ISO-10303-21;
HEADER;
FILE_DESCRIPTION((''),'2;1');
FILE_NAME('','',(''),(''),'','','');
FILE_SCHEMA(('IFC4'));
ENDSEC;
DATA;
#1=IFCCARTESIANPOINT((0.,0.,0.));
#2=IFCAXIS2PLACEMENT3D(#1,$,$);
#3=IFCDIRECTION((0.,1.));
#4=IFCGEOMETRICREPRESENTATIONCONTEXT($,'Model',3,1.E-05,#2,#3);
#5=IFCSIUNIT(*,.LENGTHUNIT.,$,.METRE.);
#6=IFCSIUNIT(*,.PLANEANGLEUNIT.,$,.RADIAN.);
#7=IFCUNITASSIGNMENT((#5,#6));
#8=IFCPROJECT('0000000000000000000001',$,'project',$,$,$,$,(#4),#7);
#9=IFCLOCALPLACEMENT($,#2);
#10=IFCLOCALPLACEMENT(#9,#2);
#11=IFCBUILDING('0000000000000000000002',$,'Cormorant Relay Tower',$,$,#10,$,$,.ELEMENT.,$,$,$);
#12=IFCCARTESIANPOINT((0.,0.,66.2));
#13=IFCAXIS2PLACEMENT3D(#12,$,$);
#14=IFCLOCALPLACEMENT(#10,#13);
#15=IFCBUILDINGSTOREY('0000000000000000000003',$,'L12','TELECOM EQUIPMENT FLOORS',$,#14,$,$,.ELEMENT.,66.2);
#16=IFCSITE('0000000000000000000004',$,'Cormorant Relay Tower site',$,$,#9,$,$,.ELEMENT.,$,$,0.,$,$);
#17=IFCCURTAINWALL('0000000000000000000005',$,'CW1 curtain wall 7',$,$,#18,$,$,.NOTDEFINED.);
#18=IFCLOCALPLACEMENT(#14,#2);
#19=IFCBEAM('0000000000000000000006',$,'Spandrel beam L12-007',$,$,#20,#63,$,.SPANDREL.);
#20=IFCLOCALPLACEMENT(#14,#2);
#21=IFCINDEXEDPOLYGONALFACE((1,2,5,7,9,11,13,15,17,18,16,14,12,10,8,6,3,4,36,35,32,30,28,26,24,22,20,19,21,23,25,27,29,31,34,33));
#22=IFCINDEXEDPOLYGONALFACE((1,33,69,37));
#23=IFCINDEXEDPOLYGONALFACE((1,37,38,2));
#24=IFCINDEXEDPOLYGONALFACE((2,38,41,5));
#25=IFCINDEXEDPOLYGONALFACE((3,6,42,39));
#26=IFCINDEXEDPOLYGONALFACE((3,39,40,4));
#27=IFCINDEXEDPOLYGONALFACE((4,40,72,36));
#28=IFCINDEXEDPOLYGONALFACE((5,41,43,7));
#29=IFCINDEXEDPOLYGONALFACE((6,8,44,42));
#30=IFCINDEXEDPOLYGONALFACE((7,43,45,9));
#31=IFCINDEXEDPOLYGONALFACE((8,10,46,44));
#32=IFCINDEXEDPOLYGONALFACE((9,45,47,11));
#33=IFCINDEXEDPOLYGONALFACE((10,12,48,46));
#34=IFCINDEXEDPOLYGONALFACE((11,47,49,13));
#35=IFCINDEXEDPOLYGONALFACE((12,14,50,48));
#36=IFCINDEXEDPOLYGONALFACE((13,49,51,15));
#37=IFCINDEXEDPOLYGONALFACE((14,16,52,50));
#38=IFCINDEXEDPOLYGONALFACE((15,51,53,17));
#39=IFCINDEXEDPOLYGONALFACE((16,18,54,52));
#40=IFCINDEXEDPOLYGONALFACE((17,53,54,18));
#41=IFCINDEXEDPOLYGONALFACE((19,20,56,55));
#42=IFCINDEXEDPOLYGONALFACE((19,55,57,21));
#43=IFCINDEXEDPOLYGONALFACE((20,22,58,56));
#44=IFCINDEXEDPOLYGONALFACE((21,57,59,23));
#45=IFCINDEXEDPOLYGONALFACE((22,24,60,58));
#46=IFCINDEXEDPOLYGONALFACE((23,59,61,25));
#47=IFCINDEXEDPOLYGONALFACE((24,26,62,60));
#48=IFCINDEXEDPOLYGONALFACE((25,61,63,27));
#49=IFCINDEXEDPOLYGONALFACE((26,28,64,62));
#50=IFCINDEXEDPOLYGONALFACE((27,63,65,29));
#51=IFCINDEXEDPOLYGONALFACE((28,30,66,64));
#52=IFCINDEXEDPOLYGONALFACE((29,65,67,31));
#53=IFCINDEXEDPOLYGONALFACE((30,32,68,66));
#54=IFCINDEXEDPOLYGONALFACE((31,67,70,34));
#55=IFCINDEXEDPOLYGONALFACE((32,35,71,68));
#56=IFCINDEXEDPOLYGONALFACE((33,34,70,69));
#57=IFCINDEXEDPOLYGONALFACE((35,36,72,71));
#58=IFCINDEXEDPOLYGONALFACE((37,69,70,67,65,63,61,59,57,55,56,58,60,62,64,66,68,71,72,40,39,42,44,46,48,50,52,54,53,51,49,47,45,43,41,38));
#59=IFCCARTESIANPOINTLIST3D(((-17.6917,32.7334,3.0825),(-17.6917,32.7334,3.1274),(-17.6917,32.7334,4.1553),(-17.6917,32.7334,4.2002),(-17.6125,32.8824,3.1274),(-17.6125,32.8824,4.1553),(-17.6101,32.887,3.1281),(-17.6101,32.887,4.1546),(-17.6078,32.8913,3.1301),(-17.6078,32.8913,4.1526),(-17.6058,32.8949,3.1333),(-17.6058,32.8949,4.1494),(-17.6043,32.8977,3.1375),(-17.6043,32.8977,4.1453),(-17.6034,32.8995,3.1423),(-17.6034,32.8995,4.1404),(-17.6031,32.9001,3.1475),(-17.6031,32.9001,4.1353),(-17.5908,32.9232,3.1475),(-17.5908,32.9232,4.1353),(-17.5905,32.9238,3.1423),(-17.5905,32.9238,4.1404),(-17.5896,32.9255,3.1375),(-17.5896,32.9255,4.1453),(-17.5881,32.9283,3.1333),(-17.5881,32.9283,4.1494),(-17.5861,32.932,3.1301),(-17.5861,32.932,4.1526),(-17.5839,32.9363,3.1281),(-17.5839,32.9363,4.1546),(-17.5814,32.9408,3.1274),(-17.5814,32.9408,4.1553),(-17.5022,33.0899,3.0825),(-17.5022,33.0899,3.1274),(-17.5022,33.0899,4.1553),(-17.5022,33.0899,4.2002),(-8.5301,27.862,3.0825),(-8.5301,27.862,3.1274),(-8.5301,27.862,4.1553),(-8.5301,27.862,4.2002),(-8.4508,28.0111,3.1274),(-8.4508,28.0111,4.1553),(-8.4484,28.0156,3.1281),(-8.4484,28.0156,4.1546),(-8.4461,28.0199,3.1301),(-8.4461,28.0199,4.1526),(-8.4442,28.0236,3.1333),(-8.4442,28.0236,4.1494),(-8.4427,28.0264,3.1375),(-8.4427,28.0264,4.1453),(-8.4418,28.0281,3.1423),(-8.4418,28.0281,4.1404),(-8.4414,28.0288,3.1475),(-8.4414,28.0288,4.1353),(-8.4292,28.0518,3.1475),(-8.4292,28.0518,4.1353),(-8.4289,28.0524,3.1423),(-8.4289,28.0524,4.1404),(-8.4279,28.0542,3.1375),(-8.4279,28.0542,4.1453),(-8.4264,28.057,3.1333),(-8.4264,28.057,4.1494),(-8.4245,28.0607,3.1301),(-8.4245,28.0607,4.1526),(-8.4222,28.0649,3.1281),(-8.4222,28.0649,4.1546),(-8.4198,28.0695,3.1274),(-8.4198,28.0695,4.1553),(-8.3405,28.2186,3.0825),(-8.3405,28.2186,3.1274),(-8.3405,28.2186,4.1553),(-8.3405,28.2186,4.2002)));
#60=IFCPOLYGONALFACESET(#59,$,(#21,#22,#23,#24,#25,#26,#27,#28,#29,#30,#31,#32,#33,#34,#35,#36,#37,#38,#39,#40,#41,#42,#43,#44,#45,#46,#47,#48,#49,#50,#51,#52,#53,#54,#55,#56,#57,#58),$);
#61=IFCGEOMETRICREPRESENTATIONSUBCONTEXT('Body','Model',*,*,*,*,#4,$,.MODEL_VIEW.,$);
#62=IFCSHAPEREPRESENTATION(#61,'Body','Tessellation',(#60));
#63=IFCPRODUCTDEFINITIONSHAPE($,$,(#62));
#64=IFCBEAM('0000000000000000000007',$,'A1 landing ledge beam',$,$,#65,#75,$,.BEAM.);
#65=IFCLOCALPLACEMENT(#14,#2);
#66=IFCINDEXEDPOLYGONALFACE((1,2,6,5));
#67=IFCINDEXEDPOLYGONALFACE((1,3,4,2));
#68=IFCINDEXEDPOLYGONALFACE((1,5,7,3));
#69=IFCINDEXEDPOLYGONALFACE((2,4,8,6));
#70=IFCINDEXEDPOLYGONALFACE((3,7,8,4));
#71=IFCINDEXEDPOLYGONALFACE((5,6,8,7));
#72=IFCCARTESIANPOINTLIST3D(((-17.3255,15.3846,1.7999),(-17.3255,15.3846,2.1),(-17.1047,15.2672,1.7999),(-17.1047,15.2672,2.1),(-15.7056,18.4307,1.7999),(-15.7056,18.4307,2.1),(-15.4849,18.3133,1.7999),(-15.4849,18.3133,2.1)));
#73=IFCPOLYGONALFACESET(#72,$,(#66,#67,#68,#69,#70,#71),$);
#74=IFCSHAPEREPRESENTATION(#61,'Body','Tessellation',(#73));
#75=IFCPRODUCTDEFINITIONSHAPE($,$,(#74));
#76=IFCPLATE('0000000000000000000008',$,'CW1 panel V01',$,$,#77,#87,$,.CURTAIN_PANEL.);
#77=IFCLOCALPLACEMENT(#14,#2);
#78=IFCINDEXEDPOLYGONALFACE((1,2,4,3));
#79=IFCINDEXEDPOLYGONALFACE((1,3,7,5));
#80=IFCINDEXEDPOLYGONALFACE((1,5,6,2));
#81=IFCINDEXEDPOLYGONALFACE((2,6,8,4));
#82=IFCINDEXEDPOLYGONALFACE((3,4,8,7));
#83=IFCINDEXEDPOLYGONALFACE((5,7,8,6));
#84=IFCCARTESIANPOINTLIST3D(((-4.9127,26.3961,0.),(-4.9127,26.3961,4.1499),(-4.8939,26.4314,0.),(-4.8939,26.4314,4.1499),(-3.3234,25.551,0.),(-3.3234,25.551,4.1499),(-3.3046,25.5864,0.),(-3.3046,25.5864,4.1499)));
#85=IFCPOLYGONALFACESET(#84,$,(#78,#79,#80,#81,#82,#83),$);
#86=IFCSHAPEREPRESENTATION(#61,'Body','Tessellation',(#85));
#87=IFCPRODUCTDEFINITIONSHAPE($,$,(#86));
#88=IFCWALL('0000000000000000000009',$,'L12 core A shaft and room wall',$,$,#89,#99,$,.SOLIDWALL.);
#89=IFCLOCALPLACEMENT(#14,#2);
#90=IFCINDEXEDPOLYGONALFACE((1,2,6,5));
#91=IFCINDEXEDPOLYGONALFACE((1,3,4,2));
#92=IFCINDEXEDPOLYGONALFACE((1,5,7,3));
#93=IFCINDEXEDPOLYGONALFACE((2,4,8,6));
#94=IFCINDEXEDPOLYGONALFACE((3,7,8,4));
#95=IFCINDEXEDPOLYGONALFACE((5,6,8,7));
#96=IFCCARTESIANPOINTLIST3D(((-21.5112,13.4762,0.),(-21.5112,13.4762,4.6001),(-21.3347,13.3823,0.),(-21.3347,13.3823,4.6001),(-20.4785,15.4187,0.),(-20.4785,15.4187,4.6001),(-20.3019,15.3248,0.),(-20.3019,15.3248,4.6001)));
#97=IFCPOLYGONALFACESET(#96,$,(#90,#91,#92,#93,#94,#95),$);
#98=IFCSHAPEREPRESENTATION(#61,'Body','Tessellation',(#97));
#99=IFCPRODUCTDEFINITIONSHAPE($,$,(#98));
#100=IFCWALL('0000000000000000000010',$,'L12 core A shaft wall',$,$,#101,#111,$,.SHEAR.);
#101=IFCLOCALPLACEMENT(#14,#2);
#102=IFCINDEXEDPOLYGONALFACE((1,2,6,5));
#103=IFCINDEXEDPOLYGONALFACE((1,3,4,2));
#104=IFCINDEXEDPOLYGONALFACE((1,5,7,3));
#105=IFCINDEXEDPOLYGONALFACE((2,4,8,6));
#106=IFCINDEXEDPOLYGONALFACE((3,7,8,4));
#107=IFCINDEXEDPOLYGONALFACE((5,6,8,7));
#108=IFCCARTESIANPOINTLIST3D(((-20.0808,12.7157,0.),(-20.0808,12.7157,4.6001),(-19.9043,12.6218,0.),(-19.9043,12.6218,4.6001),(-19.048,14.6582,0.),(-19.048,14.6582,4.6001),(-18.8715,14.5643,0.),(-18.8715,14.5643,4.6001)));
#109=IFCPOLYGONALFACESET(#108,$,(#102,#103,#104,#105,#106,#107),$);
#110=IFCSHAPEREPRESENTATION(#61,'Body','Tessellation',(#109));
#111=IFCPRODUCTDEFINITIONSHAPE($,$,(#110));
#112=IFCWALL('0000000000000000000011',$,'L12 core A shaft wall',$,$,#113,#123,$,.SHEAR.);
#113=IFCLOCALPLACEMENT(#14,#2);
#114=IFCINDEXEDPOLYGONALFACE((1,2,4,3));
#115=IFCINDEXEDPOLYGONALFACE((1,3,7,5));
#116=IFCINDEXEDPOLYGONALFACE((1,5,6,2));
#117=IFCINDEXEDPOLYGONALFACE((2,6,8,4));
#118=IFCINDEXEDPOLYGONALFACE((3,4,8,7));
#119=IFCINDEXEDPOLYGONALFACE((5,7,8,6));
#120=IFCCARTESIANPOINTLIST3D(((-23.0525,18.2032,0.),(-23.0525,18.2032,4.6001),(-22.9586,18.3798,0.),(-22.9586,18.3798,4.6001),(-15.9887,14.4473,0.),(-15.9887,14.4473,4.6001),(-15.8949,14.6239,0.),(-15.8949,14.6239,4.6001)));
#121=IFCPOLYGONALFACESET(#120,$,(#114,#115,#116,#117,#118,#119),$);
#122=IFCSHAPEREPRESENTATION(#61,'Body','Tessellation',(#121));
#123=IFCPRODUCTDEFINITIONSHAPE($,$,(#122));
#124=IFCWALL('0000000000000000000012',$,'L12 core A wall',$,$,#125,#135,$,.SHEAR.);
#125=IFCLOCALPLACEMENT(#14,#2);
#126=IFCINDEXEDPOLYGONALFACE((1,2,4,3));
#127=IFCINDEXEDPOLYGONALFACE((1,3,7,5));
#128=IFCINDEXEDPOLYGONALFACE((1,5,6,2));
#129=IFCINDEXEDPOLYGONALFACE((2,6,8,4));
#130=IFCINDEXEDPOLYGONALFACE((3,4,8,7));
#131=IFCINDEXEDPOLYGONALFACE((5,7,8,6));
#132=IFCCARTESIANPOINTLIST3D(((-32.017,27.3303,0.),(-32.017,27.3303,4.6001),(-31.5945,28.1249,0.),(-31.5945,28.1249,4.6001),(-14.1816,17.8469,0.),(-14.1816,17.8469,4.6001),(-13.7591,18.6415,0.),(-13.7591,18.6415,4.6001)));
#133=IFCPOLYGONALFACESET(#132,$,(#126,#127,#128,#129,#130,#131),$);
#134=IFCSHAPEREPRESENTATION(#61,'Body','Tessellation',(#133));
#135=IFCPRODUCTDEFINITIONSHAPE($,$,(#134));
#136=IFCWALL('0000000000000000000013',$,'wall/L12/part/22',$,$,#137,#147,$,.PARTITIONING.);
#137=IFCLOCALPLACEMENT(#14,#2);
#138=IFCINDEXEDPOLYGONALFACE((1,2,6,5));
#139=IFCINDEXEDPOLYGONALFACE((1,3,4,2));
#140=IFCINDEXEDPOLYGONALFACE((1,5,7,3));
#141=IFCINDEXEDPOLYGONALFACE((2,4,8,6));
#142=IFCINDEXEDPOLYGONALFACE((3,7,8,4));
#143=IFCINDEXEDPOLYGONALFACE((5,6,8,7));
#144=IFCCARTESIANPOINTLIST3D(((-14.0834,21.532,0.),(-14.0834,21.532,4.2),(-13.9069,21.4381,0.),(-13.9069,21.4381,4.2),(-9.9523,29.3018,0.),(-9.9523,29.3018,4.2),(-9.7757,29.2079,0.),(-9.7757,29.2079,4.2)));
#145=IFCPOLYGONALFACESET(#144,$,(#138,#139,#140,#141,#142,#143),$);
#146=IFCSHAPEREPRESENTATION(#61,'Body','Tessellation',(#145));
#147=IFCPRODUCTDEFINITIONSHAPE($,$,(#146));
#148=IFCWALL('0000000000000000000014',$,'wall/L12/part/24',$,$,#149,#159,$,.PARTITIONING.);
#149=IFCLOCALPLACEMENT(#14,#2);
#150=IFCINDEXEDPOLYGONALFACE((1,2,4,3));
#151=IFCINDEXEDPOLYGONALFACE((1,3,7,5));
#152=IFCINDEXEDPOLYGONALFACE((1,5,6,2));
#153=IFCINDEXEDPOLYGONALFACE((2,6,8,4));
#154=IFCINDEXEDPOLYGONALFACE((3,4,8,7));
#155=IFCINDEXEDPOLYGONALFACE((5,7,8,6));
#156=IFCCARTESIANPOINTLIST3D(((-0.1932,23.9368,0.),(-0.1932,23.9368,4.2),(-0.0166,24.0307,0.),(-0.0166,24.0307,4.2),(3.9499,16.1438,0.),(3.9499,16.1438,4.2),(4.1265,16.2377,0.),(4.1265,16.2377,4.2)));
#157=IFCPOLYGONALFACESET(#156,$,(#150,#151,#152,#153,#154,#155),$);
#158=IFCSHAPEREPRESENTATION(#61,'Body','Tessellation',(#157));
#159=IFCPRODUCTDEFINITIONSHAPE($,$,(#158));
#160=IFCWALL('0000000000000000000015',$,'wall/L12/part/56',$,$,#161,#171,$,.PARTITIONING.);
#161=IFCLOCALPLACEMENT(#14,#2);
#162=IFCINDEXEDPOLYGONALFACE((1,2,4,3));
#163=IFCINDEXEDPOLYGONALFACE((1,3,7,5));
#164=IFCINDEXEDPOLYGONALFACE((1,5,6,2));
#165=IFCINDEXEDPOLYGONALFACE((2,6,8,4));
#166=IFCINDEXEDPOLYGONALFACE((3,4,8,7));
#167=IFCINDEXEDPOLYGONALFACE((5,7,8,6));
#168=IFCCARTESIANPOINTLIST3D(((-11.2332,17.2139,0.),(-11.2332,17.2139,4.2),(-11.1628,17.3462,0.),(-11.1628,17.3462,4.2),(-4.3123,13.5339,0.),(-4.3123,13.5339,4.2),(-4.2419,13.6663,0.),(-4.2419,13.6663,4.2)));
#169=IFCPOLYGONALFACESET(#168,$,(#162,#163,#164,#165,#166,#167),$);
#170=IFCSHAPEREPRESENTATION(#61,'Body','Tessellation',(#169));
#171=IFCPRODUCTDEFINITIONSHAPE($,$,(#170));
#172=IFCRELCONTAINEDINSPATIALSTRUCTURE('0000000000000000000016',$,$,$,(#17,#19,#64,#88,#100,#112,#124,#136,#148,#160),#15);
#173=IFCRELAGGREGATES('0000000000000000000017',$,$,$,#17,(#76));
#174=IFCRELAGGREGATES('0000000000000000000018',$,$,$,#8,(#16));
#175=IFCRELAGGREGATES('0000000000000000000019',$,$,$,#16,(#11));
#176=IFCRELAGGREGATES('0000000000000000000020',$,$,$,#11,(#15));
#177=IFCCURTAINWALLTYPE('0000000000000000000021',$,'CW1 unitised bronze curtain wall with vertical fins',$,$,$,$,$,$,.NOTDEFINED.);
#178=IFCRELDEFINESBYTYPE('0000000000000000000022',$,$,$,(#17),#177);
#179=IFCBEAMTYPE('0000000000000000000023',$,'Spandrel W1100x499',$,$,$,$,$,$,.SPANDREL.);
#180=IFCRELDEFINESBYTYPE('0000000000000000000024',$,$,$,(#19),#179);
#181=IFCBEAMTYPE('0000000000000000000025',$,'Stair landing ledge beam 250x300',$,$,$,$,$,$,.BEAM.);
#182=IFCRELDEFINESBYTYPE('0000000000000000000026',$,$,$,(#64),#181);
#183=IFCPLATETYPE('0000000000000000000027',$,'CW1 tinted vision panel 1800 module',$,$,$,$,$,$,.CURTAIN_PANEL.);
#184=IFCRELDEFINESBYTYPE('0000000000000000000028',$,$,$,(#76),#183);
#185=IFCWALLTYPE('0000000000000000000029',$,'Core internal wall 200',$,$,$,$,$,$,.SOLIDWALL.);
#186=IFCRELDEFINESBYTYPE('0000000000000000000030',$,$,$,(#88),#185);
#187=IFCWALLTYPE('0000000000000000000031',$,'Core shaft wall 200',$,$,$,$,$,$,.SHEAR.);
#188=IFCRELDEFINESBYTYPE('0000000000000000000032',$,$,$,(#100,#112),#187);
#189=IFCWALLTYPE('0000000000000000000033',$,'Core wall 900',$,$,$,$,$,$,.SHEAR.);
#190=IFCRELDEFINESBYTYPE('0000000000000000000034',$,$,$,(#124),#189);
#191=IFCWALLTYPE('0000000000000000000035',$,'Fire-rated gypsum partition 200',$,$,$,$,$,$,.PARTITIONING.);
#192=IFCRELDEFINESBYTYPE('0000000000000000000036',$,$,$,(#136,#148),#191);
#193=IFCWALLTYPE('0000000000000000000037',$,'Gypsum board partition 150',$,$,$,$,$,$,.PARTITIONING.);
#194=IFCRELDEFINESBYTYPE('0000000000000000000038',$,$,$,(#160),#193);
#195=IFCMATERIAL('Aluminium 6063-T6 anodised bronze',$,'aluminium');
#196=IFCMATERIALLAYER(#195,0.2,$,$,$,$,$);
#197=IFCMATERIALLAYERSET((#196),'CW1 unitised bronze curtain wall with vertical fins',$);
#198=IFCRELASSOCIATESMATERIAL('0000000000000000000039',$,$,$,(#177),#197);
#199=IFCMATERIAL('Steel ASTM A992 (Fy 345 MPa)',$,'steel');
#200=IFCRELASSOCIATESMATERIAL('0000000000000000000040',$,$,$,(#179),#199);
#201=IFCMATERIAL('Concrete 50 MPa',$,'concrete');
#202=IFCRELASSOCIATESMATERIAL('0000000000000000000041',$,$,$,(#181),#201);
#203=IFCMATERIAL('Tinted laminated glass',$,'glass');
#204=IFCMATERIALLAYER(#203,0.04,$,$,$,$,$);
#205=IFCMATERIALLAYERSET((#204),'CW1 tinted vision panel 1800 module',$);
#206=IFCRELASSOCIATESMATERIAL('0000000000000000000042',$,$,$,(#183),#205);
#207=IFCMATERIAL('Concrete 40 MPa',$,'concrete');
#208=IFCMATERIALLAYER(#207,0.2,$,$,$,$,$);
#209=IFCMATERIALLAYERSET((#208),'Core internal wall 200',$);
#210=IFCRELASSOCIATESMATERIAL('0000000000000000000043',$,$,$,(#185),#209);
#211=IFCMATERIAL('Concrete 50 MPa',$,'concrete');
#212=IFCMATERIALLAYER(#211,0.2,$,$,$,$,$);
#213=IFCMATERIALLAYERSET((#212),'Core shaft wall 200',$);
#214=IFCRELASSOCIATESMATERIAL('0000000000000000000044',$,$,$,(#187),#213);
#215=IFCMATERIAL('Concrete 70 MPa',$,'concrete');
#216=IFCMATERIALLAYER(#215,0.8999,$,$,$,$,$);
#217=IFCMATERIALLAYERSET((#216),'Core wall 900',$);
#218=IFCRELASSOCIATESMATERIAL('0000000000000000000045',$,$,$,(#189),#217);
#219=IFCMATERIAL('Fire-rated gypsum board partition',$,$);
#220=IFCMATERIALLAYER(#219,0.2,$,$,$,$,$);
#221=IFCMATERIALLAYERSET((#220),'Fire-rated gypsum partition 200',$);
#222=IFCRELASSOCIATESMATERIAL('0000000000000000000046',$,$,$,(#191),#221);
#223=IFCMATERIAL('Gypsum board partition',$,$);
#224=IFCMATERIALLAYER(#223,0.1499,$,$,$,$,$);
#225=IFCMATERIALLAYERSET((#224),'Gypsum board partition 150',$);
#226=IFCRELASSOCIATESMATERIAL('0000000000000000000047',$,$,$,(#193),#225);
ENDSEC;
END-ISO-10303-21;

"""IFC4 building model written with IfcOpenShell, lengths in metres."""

from ifc_helpers import new_model, si_unit, direction, frame, frame_2d, origin, origin_2d, place, context, subcontext, project, spatial, rectangle, i_section, extrude, material, layer, layer_set, material_profile, profile_set, type_object, element, aggregate, save


model = new_model("IFC4")

# Units and contexts
model_context = context("Model", 3, precision=1e-05, world=origin(), true_north=direction((0.0, 1.0)))
body_context = subcontext(model_context, "Body", "Model", "MODEL_VIEW")
ifc_project = project(units=[si_unit("LENGTHUNIT", "METRE"), si_unit("PLANEANGLEUNIT", "RADIAN")], contexts=[model_context])

# Site, building, storey
site_placement = place(None, origin())
site = spatial("IfcSite", under=ifc_project, at=site_placement, Name="Cormorant Relay Tower site", CompositionType="ELEMENT", RefElevation=0.0)
building_placement = place(site_placement, origin())
building = spatial("IfcBuilding", under=site, at=building_placement, Name="Cormorant Relay Tower", CompositionType="ELEMENT")
storey_placement = place(building_placement, frame((0.0, 0.0, 66.2)))
storey = spatial("IfcBuildingStorey", under=building, at=storey_placement, Name="L12", Description="TELECOM EQUIPMENT FLOORS", CompositionType="ELEMENT", Elevation=66.2)

# Curtain wall
ifc_material_1 = material(Name="Aluminium 6063-T6 anodised bronze", Category="aluminium")
ifc_layer_1 = layer(ifc_material_1, 0.2)
ifc_layer_set_1 = layer_set([ifc_layer_1], Name="CW1 unitised bronze curtain wall with vertical fins")
curtain_wall_type = type_object("IfcCurtainWallType", Name="CW1 unitised bronze curtain wall with vertical fins", PredefinedType="NOTDEFINED", material=ifc_layer_set_1)
curtain_wall_placement = place(storey_placement, origin())
curtain_wall = element("IfcCurtainWall", 1, at=curtain_wall_placement, inside=storey, type_object=curtain_wall_type, Name="CW1 curtain wall 7", PredefinedType="NOTDEFINED")

# Beams
ifc_material_2 = material(Name="Steel ASTM A992 (Fy 345 MPa)", Category="steel")
ifc_material_profile_1 = material_profile(ifc_material_2, i_section(OverallWidth=0.4038, OverallDepth=1.1177, WebThickness=0.0261, FlangeThickness=0.0449, FilletRadius=0.02, at=origin_2d()), Name="W1100x499")
ifc_profile_set_1 = profile_set([ifc_material_profile_1], Name="Steel ASTM A992 (Fy 345 MPa)")
beam_type_1 = type_object("IfcBeamType", Name="Spandrel W1100x499", PredefinedType="SPANDREL", material=ifc_profile_set_1)
beam_1_placement = place(storey_placement, frame((-8.4353, 28.0403, 3.6414), z_axis=(-0.882947, 0.469473, 0.0), x_axis=(-0.469473, -0.882947, 0.0)))
element("IfcBeam", 2, at=beam_1_placement, inside=storey, type_object=beam_type_1, Name="Spandrel beam L12-007", PredefinedType="SPANDREL", context=body_context, shape_type="SweptSolid", body=[
    extrude(i_section(OverallWidth=0.4038, OverallDepth=1.1177, WebThickness=0.0261, FlangeThickness=0.0449, FilletRadius=0.02, at=origin_2d()), origin(), (0.0, 0.0, 1.0), 10.3762),
])
ifc_material_3 = material(Name="Concrete 50 MPa", Category="concrete")
ifc_material_profile_2 = material_profile(ifc_material_3, rectangle(XDim=0.25, YDim=0.3, at=origin_2d()), Name="RC 250x300")
ifc_profile_set_2 = profile_set([ifc_material_profile_2], Name="Concrete 50 MPa")
beam_type_2 = type_object("IfcBeamType", Name="Stair landing ledge beam 250x300", PredefinedType="BEAM", material=ifc_profile_set_2)
beam_2_placement = place(storey_placement, frame((-17.2151, 15.3259, 1.95), z_axis=(0.469519, 0.882922, 0.0), x_axis=(-0.882922, 0.469519, 0.0)))
element("IfcBeam", 3, at=beam_2_placement, inside=storey, type_object=beam_type_2, Name="A1 landing ledge beam", PredefinedType="BEAM", context=body_context, shape_type="SweptSolid", body=[
    extrude(rectangle(XDim=0.25, YDim=0.3, at=origin_2d()), origin(), (0.0, 0.0, 1.0), 3.45),
])

# Plate
ifc_material_4 = material(Name="Tinted laminated glass", Category="glass")
ifc_layer_2 = layer(ifc_material_4, 0.04)
ifc_layer_set_2 = layer_set([ifc_layer_2], Name="CW1 tinted vision panel 1800 module")
plate_type = type_object("IfcPlateType", Name="CW1 tinted vision panel 1800 module", PredefinedType="CURTAIN_PANEL", material=ifc_layer_set_2)
plate_placement = place(storey_placement, frame((-4.1086, 25.9912, 0.0), z_axis=(0.0, 0.0, 1.0), x_axis=(-0.882948, 0.469472, 0.0)))
plate = element("IfcPlate", 4, at=plate_placement, type_object=plate_type, Name="CW1 panel V01", PredefinedType="CURTAIN_PANEL", context=body_context, shape_type="SweptSolid", body=[
    extrude(rectangle(XDim=1.8, YDim=0.04, at=origin_2d()), origin(), (0.0, 0.0, 1.0), 4.1499),
])

# Walls
ifc_material_5 = material(Name="Concrete 40 MPa", Category="concrete")
ifc_layer_3 = layer(ifc_material_5, 0.2)
ifc_layer_set_3 = layer_set([ifc_layer_3], Name="Core internal wall 200")
wall_type_1 = type_object("IfcWallType", Name="Core internal wall 200", PredefinedType="SOLIDWALL", material=ifc_layer_set_3)
wall_1_placement = place(storey_placement, frame((-20.3901, 15.3718, 0.0), z_axis=(0.0, 0.0, 1.0), x_axis=(-0.469447, -0.88296, 0.0)))
element("IfcWall", 5, at=wall_1_placement, inside=storey, type_object=wall_type_1, Name="L12 core A shaft and room wall", PredefinedType="SOLIDWALL", context=body_context, shape_type="SweptSolid", body=[
    extrude(rectangle(XDim=2.2, YDim=0.2, at=frame_2d((1.1001, 0.0))), origin(), (0.0, 0.0, 1.0), 4.6001),
])
ifc_material_6 = material(Name="Concrete 50 MPa", Category="concrete")
ifc_layer_4 = layer(ifc_material_6, 0.2)
ifc_layer_set_4 = layer_set([ifc_layer_4], Name="Core shaft wall 200")
wall_type_2 = type_object("IfcWallType", Name="Core shaft wall 200", PredefinedType="SHEAR", material=ifc_layer_set_4)
wall_2_placement = place(storey_placement, frame((-18.9597, 14.6113, 0.0), z_axis=(0.0, 0.0, 1.0), x_axis=(-0.469447, -0.88296, 0.0)))
element("IfcWall", 6, at=wall_2_placement, inside=storey, type_object=wall_type_2, Name="L12 core A shaft wall", PredefinedType="SHEAR", context=body_context, shape_type="SweptSolid", body=[
    extrude(rectangle(XDim=2.2, YDim=0.2, at=frame_2d((1.1001, 0.0))), origin(), (0.0, 0.0, 1.0), 4.6001),
])
wall_3_placement = place(storey_placement, frame((-15.9419, 14.5356, 0.0), z_axis=(0.0, 0.0, 1.0), x_axis=(-0.882947, 0.469473, 0.0)))
element("IfcWall", 7, at=wall_3_placement, inside=storey, type_object=wall_type_2, Name="L12 core A shaft wall", PredefinedType="SHEAR", context=body_context, shape_type="SweptSolid", body=[
    extrude(rectangle(XDim=8.0002, YDim=0.2, at=frame_2d((4.0, 0.0))), origin(), (0.0, 0.0, 1.0), 4.6001),
])

# Shared definitions
ifc_material_7 = material(Name="Concrete 70 MPa", Category="concrete")
ifc_layer_5 = layer(ifc_material_7, 0.8999)
ifc_layer_set_5 = layer_set([ifc_layer_5], Name="Core wall 900")
wall_type_3 = type_object("IfcWallType", Name="Core wall 900", PredefinedType="SHEAR", material=ifc_layer_set_5)

# Walls
wall_4_placement = place(storey_placement, frame((-13.9702, 18.2441, 0.0), z_axis=(0.0, 0.0, 1.0), x_axis=(-0.882945, 0.469476, 0.0)))
element("IfcWall", 8, at=wall_4_placement, inside=storey, type_object=wall_type_3, Name="L12 core A wall", PredefinedType="SHEAR", context=body_context, shape_type="SweptSolid", body=[
    extrude(rectangle(XDim=20.2, YDim=0.8999, at=frame_2d((10.1001, 0.0))), origin(), (0.0, 0.0, 1.0), 4.6001),
])
ifc_material_8 = material(Name="Fire-rated gypsum board partition")
ifc_layer_6 = layer(ifc_material_8, 0.2)
ifc_layer_set_6 = layer_set([ifc_layer_6], Name="Fire-rated gypsum partition 200")
wall_type_4 = type_object("IfcWallType", Name="Fire-rated gypsum partition 200", PredefinedType="PARTITIONING", material=ifc_layer_set_6)
wall_5_placement = place(storey_placement, frame((-9.864, 29.2549, 0.0), z_axis=(0.0, 0.0, 1.0), x_axis=(-0.469457, -0.882955, 0.0)))
element("IfcWall", 9, at=wall_5_placement, inside=storey, type_object=wall_type_4, Name="wall/L12/part/22", PredefinedType="PARTITIONING", context=body_context, shape_type="SweptSolid", body=[
    extrude(rectangle(XDim=8.7998, YDim=0.2, at=frame_2d((4.3999, 0.0))), origin(), (0.0, 0.0, 1.0), 4.2),
])
wall_6_placement = place(storey_placement, frame((-0.105, 23.9839, 0.0), z_axis=(0.0, 0.0, 1.0), x_axis=(0.469425, -0.882972, 0.0)))
element("IfcWall", 10, at=wall_6_placement, inside=storey, type_object=wall_type_4, Name="wall/L12/part/24", PredefinedType="PARTITIONING", context=body_context, shape_type="SweptSolid", body=[
    extrude(rectangle(XDim=8.8259, YDim=0.2, at=frame_2d((4.4131, 0.0))), origin(), (0.0, 0.0, 1.0), 4.2),
])
ifc_material_9 = material(Name="Gypsum board partition")
ifc_layer_7 = layer(ifc_material_9, 0.1499)
ifc_layer_set_7 = layer_set([ifc_layer_7], Name="Gypsum board partition 150")
wall_type_5 = type_object("IfcWallType", Name="Gypsum board partition 150", PredefinedType="PARTITIONING", material=ifc_layer_set_7)
wall_7_placement = place(storey_placement, frame((-11.198, 17.28, 0.0), z_axis=(0.0, 0.0, 1.0), x_axis=(0.882946, -0.469474, 0.0)))
element("IfcWall", 11, at=wall_7_placement, inside=storey, type_object=wall_type_5, Name="wall/L12/part/56", PredefinedType="PARTITIONING", context=body_context, shape_type="SweptSolid", body=[
    extrude(rectangle(XDim=7.8384, YDim=0.1499, at=frame_2d((3.9192, 0.0))), origin(), (0.0, 0.0, 1.0), 4.2),
])

aggregate(curtain_wall, [plate])

save(model, "model.ifc")
